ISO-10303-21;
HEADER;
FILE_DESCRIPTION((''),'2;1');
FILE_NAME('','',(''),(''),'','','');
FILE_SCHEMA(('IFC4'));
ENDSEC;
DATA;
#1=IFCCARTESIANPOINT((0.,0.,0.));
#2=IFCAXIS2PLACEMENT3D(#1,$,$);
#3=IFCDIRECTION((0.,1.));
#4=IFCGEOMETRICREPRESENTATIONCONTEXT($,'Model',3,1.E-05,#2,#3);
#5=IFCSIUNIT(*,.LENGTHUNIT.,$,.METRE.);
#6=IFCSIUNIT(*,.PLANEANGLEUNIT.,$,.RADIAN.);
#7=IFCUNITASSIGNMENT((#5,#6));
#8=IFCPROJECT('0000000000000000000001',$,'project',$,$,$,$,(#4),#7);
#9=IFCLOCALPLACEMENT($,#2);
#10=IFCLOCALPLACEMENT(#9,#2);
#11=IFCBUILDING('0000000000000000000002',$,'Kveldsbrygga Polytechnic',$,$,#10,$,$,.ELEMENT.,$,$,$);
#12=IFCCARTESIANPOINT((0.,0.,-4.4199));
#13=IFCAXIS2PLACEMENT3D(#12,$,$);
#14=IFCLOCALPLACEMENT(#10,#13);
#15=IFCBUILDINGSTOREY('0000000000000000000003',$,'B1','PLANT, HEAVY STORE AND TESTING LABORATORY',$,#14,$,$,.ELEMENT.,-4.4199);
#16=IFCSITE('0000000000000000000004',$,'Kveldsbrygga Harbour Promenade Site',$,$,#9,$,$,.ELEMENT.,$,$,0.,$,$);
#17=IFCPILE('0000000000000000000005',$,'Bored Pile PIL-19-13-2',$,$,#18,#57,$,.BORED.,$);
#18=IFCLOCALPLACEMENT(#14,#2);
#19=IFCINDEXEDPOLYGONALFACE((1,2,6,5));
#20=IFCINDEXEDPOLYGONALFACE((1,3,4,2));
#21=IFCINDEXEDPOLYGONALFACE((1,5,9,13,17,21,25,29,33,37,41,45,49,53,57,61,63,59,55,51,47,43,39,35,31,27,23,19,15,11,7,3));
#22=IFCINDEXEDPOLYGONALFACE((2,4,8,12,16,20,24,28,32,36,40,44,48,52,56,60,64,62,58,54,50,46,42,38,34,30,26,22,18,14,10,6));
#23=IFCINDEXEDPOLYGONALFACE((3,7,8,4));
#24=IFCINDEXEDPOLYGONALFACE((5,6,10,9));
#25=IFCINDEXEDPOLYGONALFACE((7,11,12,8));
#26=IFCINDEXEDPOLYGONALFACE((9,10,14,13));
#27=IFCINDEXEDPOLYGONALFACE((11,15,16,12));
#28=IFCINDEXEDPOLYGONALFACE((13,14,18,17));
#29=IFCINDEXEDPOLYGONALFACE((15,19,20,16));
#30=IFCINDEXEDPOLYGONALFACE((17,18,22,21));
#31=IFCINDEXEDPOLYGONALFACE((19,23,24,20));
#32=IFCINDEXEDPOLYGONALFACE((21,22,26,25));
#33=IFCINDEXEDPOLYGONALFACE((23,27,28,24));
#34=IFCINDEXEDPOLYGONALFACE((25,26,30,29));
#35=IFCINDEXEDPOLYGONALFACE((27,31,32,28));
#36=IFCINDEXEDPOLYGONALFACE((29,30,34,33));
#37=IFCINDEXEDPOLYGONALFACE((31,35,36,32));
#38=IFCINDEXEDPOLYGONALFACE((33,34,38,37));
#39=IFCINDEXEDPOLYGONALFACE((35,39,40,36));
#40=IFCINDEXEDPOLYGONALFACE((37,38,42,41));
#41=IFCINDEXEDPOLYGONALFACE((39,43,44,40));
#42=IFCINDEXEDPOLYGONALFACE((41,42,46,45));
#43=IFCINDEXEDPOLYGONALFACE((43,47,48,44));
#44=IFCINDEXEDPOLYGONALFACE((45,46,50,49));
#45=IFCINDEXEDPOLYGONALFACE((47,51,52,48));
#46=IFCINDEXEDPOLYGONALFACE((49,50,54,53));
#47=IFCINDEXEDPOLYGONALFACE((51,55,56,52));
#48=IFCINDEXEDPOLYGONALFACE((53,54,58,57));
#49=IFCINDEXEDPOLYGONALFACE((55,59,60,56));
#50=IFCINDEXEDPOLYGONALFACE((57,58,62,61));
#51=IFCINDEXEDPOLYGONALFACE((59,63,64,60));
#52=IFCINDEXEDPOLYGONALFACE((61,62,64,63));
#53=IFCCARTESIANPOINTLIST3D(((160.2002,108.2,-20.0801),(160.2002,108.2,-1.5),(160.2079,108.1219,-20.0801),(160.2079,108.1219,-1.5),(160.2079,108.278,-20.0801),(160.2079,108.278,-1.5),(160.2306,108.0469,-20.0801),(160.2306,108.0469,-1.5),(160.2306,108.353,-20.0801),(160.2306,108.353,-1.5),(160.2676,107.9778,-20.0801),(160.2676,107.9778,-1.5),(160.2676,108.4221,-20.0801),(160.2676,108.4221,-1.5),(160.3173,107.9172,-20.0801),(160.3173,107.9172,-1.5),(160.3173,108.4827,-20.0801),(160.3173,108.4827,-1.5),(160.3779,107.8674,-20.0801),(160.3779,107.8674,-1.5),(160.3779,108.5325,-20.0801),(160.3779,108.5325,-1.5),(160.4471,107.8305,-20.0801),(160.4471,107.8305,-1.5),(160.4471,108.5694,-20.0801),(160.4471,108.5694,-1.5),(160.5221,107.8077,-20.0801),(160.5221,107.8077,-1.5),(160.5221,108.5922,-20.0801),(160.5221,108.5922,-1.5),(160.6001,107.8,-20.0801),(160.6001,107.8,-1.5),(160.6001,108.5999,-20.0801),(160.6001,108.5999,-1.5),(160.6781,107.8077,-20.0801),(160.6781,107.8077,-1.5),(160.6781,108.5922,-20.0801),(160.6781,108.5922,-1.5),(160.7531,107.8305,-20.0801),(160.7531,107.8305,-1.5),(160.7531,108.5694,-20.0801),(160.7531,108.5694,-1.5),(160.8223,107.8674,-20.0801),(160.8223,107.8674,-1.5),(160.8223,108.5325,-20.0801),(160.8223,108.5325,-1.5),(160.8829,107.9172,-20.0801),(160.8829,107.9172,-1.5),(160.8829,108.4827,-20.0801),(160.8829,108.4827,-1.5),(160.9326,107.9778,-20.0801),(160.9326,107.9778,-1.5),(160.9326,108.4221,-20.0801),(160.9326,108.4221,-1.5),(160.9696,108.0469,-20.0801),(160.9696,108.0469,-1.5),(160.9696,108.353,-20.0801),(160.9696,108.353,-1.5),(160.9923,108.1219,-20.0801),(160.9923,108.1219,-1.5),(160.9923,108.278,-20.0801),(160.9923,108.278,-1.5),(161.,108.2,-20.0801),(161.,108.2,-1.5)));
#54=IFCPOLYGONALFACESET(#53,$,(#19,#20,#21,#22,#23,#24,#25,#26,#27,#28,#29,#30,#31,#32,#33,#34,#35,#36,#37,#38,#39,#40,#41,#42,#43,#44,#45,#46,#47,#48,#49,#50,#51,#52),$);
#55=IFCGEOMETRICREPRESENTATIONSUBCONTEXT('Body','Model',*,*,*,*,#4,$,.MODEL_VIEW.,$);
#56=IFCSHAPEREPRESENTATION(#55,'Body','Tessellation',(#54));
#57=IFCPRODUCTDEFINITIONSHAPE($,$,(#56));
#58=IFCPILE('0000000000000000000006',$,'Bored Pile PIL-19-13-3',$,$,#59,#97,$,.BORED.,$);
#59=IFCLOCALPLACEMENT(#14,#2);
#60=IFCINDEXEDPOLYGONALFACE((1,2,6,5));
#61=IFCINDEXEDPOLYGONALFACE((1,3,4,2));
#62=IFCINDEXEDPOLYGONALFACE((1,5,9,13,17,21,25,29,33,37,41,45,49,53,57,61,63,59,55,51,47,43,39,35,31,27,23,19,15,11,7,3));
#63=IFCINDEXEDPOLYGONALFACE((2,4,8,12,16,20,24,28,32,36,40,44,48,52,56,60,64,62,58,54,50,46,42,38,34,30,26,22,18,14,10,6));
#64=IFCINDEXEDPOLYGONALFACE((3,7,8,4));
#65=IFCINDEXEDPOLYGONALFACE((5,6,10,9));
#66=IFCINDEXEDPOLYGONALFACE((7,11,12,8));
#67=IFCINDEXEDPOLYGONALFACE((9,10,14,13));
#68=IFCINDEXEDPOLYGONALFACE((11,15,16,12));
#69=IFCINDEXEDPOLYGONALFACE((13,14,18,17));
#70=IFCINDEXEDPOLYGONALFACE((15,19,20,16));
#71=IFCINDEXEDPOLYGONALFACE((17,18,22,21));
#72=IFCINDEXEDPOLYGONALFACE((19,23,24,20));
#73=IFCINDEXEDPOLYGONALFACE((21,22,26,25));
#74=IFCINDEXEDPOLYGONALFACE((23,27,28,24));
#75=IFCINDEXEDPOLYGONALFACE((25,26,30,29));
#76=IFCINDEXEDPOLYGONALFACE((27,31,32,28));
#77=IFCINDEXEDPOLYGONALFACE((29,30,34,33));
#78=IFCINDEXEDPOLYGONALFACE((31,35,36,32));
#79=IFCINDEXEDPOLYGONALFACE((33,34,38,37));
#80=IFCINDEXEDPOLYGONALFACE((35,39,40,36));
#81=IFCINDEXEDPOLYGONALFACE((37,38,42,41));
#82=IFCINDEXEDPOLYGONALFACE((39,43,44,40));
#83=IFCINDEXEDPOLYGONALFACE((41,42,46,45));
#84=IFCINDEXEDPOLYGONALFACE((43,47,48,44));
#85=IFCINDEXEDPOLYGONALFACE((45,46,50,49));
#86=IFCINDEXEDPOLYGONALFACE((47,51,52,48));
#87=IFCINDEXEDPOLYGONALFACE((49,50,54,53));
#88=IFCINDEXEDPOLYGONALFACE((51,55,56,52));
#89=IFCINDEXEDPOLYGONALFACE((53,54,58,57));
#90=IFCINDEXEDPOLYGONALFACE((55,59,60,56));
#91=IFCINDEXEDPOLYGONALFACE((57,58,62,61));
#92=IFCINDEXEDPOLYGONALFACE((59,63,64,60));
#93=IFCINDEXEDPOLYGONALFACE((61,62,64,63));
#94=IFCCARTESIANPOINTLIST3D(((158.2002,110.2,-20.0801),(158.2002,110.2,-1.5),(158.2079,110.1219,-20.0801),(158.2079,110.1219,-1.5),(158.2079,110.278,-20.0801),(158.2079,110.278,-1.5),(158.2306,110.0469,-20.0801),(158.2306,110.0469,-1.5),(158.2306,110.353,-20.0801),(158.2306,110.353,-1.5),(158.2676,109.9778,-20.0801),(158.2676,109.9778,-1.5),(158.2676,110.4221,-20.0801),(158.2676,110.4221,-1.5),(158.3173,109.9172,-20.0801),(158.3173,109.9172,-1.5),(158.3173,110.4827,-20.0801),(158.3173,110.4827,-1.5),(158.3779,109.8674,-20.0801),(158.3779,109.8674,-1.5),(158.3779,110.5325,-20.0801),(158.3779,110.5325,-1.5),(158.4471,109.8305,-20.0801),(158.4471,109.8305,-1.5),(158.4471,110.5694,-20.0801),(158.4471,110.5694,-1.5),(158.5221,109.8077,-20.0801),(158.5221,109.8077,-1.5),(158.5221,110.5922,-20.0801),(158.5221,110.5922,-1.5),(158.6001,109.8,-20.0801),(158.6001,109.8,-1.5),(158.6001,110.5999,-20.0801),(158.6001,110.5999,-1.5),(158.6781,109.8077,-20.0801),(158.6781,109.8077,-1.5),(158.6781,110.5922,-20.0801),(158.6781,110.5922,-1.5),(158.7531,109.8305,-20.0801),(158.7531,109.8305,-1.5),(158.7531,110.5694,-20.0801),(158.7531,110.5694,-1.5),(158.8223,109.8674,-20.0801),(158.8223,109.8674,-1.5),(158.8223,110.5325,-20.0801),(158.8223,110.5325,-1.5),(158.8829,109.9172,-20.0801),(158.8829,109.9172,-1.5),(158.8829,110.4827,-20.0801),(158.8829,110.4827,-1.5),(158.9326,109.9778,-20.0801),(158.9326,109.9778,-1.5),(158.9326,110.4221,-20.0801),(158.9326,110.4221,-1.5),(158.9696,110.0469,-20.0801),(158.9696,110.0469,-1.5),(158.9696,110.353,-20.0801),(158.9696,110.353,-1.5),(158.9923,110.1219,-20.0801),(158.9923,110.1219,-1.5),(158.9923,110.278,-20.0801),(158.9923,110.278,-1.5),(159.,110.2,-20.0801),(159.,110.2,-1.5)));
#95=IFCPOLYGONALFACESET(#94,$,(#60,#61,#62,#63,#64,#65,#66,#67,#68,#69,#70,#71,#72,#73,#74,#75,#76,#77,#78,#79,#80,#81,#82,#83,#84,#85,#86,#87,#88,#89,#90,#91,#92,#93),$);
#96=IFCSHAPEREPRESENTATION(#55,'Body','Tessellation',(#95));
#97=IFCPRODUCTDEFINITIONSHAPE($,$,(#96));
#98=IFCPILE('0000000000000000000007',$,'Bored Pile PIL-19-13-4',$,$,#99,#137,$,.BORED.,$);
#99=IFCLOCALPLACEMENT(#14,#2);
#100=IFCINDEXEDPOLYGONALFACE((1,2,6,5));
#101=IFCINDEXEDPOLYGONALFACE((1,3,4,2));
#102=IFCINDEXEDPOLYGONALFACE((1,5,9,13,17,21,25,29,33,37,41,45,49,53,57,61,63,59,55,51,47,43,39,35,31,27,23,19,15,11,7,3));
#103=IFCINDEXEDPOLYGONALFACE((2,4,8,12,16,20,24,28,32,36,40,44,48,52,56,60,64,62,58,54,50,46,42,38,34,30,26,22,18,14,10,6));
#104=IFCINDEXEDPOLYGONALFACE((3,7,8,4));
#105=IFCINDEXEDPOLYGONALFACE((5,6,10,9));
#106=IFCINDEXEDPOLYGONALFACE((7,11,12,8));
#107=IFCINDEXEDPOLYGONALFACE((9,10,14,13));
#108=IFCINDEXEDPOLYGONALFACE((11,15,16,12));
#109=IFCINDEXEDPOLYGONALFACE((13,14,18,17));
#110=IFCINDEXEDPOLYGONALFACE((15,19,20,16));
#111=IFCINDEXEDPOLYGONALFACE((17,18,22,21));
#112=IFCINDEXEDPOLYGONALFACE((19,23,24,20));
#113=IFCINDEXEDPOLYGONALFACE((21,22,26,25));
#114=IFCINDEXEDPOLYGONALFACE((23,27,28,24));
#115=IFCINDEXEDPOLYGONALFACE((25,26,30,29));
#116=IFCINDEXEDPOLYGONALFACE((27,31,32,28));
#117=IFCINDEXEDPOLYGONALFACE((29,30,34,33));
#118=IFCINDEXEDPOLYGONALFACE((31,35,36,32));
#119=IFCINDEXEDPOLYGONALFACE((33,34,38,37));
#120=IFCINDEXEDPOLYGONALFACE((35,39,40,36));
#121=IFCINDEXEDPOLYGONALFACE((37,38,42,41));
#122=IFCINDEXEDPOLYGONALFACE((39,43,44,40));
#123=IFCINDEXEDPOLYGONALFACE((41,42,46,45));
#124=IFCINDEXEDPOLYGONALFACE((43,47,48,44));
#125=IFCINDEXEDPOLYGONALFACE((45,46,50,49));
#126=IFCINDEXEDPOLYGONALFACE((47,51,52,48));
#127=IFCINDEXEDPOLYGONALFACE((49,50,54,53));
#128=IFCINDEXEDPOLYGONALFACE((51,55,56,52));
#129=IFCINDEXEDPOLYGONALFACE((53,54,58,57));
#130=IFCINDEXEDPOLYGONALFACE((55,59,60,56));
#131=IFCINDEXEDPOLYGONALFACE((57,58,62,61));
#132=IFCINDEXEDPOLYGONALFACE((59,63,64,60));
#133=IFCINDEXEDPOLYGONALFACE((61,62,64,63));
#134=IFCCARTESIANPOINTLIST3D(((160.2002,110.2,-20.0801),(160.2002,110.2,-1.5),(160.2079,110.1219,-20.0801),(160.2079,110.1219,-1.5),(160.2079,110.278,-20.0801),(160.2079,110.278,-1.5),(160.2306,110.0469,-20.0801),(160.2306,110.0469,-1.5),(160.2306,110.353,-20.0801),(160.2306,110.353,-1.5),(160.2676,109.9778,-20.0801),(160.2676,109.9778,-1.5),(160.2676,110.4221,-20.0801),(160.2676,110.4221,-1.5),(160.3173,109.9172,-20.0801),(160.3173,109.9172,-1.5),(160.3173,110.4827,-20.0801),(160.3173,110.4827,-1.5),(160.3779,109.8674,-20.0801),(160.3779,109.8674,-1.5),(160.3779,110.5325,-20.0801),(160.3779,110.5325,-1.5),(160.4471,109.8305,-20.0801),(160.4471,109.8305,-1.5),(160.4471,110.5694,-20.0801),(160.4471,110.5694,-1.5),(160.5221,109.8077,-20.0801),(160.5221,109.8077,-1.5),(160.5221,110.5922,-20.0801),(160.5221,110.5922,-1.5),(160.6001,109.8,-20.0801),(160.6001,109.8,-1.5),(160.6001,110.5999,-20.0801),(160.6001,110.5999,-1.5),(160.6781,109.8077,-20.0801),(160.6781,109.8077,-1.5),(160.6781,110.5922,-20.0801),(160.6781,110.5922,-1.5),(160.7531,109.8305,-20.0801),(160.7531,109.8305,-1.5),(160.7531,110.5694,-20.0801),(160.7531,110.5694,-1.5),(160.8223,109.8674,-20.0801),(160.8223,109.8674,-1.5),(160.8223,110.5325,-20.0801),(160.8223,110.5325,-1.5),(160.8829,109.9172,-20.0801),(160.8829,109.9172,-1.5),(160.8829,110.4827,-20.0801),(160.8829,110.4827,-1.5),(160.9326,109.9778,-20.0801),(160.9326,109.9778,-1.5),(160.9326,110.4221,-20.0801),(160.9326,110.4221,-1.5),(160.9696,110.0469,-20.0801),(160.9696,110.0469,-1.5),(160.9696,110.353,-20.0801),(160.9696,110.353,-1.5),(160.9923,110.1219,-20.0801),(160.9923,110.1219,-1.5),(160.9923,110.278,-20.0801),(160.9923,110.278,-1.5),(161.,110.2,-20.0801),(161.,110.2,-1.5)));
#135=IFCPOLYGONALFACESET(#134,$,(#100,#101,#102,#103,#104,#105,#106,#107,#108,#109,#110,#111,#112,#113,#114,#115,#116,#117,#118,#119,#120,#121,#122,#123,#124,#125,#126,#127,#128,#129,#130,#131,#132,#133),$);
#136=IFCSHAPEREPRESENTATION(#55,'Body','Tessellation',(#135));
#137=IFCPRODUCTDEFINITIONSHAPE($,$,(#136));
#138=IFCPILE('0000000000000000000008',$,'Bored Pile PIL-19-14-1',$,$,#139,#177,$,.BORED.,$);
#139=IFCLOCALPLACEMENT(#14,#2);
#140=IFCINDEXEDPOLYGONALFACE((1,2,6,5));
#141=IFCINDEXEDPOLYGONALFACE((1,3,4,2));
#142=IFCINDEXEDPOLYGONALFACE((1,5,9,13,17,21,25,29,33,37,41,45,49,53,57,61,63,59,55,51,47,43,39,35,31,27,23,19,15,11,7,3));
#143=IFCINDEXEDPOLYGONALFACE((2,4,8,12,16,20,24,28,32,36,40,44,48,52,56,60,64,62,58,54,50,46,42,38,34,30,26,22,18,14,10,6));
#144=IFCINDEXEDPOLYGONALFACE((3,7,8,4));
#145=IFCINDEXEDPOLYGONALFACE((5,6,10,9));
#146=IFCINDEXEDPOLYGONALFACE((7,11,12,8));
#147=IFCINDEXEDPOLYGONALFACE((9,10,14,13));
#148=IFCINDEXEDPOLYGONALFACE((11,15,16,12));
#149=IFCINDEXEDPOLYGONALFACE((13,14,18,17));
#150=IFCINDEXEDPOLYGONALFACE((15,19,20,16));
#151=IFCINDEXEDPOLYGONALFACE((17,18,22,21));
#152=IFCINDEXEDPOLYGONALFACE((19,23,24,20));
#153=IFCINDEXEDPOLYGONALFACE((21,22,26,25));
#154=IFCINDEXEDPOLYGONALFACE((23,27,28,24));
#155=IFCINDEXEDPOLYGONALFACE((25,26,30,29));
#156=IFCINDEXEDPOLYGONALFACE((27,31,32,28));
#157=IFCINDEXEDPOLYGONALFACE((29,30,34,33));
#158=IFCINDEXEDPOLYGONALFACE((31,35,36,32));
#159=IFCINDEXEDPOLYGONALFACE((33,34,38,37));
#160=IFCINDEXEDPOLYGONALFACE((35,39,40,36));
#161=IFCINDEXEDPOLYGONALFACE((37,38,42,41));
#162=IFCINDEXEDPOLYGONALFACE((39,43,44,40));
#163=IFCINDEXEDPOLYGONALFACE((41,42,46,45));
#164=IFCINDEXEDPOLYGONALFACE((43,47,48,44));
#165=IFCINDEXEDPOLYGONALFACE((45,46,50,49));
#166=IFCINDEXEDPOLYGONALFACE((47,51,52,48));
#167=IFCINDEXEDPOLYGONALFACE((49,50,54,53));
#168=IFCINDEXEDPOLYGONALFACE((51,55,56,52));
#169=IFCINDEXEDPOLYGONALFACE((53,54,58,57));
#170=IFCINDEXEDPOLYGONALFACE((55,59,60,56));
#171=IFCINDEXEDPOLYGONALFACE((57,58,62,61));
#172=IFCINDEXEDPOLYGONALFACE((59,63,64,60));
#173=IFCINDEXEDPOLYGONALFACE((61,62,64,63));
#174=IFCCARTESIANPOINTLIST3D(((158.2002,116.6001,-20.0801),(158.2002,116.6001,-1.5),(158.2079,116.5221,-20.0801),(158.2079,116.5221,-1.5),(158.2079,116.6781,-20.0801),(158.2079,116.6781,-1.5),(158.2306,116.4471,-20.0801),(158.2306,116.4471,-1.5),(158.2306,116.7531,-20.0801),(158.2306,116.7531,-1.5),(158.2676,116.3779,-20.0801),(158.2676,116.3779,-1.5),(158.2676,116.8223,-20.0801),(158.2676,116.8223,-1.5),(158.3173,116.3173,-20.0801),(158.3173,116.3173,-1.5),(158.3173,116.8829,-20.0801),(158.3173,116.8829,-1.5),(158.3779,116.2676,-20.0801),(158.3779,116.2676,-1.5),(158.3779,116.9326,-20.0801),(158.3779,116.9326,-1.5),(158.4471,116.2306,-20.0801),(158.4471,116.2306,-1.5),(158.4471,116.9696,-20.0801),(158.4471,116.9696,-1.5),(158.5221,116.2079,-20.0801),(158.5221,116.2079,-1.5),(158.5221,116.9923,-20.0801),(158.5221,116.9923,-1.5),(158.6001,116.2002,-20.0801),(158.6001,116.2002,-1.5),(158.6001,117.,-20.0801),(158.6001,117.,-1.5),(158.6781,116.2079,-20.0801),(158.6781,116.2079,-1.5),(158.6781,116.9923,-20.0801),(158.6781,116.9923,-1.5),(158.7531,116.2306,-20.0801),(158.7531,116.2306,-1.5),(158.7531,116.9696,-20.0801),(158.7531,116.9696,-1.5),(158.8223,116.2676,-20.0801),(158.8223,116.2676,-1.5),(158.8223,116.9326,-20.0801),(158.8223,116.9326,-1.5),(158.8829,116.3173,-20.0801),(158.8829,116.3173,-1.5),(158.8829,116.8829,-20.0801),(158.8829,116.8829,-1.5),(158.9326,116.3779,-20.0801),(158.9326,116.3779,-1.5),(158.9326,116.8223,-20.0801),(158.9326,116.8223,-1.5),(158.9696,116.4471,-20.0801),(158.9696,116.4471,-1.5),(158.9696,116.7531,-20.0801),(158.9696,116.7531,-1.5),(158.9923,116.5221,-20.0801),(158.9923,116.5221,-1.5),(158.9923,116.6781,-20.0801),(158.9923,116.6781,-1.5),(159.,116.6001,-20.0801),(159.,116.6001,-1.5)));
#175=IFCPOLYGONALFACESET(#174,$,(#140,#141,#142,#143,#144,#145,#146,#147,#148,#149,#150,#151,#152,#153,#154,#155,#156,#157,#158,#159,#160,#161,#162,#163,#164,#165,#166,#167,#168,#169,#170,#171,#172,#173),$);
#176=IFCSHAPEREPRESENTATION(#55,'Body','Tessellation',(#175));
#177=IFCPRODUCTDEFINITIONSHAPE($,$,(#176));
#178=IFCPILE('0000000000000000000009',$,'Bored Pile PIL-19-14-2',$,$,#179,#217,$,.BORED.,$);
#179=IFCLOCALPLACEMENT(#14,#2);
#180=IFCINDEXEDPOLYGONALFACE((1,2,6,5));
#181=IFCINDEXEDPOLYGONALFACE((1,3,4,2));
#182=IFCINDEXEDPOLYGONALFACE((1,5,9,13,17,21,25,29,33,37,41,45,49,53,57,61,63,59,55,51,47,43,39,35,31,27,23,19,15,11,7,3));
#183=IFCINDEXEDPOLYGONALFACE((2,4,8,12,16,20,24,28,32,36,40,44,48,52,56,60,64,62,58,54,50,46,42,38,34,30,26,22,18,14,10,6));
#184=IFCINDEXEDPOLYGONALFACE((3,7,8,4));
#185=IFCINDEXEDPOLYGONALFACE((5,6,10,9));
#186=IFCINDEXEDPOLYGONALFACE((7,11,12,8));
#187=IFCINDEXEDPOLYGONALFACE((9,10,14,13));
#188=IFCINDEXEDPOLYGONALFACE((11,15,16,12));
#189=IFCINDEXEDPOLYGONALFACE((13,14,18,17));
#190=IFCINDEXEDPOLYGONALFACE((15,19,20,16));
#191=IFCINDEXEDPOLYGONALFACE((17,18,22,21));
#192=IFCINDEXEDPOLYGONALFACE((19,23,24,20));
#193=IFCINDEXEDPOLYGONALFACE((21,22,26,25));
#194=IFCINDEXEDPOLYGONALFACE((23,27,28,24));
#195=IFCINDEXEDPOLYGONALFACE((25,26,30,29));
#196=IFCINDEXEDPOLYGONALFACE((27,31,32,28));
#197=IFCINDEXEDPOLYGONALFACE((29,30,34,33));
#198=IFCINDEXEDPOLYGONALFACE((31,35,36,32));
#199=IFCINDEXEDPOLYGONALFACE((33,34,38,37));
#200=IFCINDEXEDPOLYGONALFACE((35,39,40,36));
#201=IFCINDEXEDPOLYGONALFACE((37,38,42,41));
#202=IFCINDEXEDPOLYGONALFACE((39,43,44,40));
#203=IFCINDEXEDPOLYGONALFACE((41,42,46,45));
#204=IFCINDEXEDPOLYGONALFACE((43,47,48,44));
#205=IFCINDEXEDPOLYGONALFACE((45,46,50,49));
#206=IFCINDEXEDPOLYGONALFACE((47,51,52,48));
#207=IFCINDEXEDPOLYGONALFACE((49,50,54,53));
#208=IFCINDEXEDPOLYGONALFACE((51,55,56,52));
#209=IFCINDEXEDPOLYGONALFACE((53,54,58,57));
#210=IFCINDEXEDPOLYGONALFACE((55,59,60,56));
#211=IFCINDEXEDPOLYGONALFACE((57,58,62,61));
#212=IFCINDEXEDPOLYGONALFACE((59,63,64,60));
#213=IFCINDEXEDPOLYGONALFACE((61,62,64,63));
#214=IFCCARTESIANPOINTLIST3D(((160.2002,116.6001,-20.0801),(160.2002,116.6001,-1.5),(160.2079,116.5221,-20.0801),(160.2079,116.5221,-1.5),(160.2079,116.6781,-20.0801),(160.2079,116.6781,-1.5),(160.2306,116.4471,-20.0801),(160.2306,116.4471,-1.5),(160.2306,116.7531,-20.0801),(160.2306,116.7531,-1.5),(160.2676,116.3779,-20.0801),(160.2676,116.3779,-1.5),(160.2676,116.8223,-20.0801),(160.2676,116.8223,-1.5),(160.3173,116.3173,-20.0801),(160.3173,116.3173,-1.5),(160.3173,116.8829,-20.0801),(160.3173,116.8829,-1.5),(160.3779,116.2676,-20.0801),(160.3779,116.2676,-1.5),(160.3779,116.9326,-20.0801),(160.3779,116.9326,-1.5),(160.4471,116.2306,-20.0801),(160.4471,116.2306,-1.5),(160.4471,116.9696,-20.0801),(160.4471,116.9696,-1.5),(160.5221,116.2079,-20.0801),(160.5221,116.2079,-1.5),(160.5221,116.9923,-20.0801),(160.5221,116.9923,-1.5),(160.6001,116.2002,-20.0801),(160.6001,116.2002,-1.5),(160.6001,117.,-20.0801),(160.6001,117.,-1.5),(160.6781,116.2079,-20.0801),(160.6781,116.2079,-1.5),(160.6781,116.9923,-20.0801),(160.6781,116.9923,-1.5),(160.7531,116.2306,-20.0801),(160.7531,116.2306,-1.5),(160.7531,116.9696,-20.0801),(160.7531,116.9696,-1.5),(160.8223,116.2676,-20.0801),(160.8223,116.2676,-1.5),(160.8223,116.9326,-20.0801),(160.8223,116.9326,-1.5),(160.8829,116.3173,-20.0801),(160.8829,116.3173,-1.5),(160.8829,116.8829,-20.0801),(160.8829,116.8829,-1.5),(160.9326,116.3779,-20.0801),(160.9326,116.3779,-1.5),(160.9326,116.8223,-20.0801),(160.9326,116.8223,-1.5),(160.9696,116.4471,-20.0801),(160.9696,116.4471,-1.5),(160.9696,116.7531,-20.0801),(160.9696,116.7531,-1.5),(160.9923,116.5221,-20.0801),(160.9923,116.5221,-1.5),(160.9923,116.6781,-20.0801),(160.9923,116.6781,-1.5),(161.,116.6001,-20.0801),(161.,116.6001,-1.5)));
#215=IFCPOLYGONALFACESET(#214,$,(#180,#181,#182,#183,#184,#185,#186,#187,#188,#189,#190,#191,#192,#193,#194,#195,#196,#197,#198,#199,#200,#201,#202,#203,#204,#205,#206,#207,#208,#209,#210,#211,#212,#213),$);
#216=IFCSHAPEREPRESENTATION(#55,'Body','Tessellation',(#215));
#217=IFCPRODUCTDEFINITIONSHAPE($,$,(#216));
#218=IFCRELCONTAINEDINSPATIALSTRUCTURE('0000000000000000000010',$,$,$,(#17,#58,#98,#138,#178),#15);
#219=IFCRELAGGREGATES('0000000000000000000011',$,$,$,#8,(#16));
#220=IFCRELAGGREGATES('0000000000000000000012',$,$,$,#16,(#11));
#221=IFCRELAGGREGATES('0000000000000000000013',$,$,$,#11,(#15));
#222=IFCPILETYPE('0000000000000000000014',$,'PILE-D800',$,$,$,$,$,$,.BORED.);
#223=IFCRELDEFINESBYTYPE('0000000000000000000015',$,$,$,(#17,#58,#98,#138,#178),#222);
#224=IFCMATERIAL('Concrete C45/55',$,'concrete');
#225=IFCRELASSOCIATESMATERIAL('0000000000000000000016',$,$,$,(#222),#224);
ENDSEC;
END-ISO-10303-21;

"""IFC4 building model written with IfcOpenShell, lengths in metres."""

from ifc_helpers import new_model, si_unit, direction, frame, origin, origin_2d, place, context, subcontext, project, spatial, circle, extrude, material, material_profile, profile_set, type_object, element, save


model = new_model("IFC4")

# Units and contexts
model_context = context("Model", 3, precision=1e-05, world=origin(), true_north=direction((0.0, 1.0)))
body_context = subcontext(model_context, "Body", "Model", "MODEL_VIEW")
ifc_project = project(units=[si_unit("LENGTHUNIT", "METRE"), si_unit("PLANEANGLEUNIT", "RADIAN")], contexts=[model_context])

# Site, building, storey
site_placement = place(None, origin())
site = spatial("IfcSite", under=ifc_project, at=site_placement, Name="Kveldsbrygga Harbour Promenade Site", CompositionType="ELEMENT", RefElevation=0.0)
building_placement = place(site_placement, origin())
building = spatial("IfcBuilding", under=site, at=building_placement, Name="Kveldsbrygga Polytechnic", CompositionType="ELEMENT")
storey_placement = place(building_placement, frame((0.0, 0.0, -4.4199)))
storey = spatial("IfcBuildingStorey", under=building, at=storey_placement, Name="B1", Description="PLANT, HEAVY STORE AND TESTING LABORATORY", CompositionType="ELEMENT", Elevation=-4.4199)

# Shared definitions
ifc_material_1 = material(Name="Concrete C45/55", Category="concrete")

# Piles
ifc_material_profile_1 = material_profile(ifc_material_1, circle(Radius=0.3999, at=origin_2d()), Name="PILE D800")
ifc_profile_set_1 = profile_set([ifc_material_profile_1], Name="Concrete C45/55")
pile_type = type_object("IfcPileType", Name="PILE-D800", PredefinedType="BORED", material=ifc_profile_set_1)
for number, where, z_axis, x_axis, name in (
    (1, (160.6001, 108.2, -1.5), (0.0, 0.0, -1.0), (1.0, 0.0, 0.0), "Bored Pile PIL-19-13-2"),
    (2, (158.6001, 110.2, -1.5), (0.0, 0.0, -1.0), (1.0, 0.0, 0.0), "Bored Pile PIL-19-13-3"),
    (3, (160.6001, 110.2, -1.5), (0.0, 0.0, -1.0), (1.0, 0.0, 0.0), "Bored Pile PIL-19-13-4"),
    (4, (158.6001, 116.6001, -1.5), (0.0, 0.0, -1.0), (1.0, 0.0, 0.0), "Bored Pile PIL-19-14-1"),
    (5, (160.6001, 116.6001, -1.5), (0.0, 0.0, -1.0), (1.0, 0.0, 0.0), "Bored Pile PIL-19-14-2"),
):
    element("IfcPile", number, at=place(storey_placement, frame(where, z_axis=z_axis, x_axis=x_axis)), inside=storey, type_object=pile_type, Name=name, PredefinedType="BORED", context=body_context, shape_type="SweptSolid", body=[
        extrude(circle(Radius=0.3999, at=origin_2d()), origin(), (0.0, 0.0, 1.0), 18.5801),
    ])

save(model, "model.ifc")
